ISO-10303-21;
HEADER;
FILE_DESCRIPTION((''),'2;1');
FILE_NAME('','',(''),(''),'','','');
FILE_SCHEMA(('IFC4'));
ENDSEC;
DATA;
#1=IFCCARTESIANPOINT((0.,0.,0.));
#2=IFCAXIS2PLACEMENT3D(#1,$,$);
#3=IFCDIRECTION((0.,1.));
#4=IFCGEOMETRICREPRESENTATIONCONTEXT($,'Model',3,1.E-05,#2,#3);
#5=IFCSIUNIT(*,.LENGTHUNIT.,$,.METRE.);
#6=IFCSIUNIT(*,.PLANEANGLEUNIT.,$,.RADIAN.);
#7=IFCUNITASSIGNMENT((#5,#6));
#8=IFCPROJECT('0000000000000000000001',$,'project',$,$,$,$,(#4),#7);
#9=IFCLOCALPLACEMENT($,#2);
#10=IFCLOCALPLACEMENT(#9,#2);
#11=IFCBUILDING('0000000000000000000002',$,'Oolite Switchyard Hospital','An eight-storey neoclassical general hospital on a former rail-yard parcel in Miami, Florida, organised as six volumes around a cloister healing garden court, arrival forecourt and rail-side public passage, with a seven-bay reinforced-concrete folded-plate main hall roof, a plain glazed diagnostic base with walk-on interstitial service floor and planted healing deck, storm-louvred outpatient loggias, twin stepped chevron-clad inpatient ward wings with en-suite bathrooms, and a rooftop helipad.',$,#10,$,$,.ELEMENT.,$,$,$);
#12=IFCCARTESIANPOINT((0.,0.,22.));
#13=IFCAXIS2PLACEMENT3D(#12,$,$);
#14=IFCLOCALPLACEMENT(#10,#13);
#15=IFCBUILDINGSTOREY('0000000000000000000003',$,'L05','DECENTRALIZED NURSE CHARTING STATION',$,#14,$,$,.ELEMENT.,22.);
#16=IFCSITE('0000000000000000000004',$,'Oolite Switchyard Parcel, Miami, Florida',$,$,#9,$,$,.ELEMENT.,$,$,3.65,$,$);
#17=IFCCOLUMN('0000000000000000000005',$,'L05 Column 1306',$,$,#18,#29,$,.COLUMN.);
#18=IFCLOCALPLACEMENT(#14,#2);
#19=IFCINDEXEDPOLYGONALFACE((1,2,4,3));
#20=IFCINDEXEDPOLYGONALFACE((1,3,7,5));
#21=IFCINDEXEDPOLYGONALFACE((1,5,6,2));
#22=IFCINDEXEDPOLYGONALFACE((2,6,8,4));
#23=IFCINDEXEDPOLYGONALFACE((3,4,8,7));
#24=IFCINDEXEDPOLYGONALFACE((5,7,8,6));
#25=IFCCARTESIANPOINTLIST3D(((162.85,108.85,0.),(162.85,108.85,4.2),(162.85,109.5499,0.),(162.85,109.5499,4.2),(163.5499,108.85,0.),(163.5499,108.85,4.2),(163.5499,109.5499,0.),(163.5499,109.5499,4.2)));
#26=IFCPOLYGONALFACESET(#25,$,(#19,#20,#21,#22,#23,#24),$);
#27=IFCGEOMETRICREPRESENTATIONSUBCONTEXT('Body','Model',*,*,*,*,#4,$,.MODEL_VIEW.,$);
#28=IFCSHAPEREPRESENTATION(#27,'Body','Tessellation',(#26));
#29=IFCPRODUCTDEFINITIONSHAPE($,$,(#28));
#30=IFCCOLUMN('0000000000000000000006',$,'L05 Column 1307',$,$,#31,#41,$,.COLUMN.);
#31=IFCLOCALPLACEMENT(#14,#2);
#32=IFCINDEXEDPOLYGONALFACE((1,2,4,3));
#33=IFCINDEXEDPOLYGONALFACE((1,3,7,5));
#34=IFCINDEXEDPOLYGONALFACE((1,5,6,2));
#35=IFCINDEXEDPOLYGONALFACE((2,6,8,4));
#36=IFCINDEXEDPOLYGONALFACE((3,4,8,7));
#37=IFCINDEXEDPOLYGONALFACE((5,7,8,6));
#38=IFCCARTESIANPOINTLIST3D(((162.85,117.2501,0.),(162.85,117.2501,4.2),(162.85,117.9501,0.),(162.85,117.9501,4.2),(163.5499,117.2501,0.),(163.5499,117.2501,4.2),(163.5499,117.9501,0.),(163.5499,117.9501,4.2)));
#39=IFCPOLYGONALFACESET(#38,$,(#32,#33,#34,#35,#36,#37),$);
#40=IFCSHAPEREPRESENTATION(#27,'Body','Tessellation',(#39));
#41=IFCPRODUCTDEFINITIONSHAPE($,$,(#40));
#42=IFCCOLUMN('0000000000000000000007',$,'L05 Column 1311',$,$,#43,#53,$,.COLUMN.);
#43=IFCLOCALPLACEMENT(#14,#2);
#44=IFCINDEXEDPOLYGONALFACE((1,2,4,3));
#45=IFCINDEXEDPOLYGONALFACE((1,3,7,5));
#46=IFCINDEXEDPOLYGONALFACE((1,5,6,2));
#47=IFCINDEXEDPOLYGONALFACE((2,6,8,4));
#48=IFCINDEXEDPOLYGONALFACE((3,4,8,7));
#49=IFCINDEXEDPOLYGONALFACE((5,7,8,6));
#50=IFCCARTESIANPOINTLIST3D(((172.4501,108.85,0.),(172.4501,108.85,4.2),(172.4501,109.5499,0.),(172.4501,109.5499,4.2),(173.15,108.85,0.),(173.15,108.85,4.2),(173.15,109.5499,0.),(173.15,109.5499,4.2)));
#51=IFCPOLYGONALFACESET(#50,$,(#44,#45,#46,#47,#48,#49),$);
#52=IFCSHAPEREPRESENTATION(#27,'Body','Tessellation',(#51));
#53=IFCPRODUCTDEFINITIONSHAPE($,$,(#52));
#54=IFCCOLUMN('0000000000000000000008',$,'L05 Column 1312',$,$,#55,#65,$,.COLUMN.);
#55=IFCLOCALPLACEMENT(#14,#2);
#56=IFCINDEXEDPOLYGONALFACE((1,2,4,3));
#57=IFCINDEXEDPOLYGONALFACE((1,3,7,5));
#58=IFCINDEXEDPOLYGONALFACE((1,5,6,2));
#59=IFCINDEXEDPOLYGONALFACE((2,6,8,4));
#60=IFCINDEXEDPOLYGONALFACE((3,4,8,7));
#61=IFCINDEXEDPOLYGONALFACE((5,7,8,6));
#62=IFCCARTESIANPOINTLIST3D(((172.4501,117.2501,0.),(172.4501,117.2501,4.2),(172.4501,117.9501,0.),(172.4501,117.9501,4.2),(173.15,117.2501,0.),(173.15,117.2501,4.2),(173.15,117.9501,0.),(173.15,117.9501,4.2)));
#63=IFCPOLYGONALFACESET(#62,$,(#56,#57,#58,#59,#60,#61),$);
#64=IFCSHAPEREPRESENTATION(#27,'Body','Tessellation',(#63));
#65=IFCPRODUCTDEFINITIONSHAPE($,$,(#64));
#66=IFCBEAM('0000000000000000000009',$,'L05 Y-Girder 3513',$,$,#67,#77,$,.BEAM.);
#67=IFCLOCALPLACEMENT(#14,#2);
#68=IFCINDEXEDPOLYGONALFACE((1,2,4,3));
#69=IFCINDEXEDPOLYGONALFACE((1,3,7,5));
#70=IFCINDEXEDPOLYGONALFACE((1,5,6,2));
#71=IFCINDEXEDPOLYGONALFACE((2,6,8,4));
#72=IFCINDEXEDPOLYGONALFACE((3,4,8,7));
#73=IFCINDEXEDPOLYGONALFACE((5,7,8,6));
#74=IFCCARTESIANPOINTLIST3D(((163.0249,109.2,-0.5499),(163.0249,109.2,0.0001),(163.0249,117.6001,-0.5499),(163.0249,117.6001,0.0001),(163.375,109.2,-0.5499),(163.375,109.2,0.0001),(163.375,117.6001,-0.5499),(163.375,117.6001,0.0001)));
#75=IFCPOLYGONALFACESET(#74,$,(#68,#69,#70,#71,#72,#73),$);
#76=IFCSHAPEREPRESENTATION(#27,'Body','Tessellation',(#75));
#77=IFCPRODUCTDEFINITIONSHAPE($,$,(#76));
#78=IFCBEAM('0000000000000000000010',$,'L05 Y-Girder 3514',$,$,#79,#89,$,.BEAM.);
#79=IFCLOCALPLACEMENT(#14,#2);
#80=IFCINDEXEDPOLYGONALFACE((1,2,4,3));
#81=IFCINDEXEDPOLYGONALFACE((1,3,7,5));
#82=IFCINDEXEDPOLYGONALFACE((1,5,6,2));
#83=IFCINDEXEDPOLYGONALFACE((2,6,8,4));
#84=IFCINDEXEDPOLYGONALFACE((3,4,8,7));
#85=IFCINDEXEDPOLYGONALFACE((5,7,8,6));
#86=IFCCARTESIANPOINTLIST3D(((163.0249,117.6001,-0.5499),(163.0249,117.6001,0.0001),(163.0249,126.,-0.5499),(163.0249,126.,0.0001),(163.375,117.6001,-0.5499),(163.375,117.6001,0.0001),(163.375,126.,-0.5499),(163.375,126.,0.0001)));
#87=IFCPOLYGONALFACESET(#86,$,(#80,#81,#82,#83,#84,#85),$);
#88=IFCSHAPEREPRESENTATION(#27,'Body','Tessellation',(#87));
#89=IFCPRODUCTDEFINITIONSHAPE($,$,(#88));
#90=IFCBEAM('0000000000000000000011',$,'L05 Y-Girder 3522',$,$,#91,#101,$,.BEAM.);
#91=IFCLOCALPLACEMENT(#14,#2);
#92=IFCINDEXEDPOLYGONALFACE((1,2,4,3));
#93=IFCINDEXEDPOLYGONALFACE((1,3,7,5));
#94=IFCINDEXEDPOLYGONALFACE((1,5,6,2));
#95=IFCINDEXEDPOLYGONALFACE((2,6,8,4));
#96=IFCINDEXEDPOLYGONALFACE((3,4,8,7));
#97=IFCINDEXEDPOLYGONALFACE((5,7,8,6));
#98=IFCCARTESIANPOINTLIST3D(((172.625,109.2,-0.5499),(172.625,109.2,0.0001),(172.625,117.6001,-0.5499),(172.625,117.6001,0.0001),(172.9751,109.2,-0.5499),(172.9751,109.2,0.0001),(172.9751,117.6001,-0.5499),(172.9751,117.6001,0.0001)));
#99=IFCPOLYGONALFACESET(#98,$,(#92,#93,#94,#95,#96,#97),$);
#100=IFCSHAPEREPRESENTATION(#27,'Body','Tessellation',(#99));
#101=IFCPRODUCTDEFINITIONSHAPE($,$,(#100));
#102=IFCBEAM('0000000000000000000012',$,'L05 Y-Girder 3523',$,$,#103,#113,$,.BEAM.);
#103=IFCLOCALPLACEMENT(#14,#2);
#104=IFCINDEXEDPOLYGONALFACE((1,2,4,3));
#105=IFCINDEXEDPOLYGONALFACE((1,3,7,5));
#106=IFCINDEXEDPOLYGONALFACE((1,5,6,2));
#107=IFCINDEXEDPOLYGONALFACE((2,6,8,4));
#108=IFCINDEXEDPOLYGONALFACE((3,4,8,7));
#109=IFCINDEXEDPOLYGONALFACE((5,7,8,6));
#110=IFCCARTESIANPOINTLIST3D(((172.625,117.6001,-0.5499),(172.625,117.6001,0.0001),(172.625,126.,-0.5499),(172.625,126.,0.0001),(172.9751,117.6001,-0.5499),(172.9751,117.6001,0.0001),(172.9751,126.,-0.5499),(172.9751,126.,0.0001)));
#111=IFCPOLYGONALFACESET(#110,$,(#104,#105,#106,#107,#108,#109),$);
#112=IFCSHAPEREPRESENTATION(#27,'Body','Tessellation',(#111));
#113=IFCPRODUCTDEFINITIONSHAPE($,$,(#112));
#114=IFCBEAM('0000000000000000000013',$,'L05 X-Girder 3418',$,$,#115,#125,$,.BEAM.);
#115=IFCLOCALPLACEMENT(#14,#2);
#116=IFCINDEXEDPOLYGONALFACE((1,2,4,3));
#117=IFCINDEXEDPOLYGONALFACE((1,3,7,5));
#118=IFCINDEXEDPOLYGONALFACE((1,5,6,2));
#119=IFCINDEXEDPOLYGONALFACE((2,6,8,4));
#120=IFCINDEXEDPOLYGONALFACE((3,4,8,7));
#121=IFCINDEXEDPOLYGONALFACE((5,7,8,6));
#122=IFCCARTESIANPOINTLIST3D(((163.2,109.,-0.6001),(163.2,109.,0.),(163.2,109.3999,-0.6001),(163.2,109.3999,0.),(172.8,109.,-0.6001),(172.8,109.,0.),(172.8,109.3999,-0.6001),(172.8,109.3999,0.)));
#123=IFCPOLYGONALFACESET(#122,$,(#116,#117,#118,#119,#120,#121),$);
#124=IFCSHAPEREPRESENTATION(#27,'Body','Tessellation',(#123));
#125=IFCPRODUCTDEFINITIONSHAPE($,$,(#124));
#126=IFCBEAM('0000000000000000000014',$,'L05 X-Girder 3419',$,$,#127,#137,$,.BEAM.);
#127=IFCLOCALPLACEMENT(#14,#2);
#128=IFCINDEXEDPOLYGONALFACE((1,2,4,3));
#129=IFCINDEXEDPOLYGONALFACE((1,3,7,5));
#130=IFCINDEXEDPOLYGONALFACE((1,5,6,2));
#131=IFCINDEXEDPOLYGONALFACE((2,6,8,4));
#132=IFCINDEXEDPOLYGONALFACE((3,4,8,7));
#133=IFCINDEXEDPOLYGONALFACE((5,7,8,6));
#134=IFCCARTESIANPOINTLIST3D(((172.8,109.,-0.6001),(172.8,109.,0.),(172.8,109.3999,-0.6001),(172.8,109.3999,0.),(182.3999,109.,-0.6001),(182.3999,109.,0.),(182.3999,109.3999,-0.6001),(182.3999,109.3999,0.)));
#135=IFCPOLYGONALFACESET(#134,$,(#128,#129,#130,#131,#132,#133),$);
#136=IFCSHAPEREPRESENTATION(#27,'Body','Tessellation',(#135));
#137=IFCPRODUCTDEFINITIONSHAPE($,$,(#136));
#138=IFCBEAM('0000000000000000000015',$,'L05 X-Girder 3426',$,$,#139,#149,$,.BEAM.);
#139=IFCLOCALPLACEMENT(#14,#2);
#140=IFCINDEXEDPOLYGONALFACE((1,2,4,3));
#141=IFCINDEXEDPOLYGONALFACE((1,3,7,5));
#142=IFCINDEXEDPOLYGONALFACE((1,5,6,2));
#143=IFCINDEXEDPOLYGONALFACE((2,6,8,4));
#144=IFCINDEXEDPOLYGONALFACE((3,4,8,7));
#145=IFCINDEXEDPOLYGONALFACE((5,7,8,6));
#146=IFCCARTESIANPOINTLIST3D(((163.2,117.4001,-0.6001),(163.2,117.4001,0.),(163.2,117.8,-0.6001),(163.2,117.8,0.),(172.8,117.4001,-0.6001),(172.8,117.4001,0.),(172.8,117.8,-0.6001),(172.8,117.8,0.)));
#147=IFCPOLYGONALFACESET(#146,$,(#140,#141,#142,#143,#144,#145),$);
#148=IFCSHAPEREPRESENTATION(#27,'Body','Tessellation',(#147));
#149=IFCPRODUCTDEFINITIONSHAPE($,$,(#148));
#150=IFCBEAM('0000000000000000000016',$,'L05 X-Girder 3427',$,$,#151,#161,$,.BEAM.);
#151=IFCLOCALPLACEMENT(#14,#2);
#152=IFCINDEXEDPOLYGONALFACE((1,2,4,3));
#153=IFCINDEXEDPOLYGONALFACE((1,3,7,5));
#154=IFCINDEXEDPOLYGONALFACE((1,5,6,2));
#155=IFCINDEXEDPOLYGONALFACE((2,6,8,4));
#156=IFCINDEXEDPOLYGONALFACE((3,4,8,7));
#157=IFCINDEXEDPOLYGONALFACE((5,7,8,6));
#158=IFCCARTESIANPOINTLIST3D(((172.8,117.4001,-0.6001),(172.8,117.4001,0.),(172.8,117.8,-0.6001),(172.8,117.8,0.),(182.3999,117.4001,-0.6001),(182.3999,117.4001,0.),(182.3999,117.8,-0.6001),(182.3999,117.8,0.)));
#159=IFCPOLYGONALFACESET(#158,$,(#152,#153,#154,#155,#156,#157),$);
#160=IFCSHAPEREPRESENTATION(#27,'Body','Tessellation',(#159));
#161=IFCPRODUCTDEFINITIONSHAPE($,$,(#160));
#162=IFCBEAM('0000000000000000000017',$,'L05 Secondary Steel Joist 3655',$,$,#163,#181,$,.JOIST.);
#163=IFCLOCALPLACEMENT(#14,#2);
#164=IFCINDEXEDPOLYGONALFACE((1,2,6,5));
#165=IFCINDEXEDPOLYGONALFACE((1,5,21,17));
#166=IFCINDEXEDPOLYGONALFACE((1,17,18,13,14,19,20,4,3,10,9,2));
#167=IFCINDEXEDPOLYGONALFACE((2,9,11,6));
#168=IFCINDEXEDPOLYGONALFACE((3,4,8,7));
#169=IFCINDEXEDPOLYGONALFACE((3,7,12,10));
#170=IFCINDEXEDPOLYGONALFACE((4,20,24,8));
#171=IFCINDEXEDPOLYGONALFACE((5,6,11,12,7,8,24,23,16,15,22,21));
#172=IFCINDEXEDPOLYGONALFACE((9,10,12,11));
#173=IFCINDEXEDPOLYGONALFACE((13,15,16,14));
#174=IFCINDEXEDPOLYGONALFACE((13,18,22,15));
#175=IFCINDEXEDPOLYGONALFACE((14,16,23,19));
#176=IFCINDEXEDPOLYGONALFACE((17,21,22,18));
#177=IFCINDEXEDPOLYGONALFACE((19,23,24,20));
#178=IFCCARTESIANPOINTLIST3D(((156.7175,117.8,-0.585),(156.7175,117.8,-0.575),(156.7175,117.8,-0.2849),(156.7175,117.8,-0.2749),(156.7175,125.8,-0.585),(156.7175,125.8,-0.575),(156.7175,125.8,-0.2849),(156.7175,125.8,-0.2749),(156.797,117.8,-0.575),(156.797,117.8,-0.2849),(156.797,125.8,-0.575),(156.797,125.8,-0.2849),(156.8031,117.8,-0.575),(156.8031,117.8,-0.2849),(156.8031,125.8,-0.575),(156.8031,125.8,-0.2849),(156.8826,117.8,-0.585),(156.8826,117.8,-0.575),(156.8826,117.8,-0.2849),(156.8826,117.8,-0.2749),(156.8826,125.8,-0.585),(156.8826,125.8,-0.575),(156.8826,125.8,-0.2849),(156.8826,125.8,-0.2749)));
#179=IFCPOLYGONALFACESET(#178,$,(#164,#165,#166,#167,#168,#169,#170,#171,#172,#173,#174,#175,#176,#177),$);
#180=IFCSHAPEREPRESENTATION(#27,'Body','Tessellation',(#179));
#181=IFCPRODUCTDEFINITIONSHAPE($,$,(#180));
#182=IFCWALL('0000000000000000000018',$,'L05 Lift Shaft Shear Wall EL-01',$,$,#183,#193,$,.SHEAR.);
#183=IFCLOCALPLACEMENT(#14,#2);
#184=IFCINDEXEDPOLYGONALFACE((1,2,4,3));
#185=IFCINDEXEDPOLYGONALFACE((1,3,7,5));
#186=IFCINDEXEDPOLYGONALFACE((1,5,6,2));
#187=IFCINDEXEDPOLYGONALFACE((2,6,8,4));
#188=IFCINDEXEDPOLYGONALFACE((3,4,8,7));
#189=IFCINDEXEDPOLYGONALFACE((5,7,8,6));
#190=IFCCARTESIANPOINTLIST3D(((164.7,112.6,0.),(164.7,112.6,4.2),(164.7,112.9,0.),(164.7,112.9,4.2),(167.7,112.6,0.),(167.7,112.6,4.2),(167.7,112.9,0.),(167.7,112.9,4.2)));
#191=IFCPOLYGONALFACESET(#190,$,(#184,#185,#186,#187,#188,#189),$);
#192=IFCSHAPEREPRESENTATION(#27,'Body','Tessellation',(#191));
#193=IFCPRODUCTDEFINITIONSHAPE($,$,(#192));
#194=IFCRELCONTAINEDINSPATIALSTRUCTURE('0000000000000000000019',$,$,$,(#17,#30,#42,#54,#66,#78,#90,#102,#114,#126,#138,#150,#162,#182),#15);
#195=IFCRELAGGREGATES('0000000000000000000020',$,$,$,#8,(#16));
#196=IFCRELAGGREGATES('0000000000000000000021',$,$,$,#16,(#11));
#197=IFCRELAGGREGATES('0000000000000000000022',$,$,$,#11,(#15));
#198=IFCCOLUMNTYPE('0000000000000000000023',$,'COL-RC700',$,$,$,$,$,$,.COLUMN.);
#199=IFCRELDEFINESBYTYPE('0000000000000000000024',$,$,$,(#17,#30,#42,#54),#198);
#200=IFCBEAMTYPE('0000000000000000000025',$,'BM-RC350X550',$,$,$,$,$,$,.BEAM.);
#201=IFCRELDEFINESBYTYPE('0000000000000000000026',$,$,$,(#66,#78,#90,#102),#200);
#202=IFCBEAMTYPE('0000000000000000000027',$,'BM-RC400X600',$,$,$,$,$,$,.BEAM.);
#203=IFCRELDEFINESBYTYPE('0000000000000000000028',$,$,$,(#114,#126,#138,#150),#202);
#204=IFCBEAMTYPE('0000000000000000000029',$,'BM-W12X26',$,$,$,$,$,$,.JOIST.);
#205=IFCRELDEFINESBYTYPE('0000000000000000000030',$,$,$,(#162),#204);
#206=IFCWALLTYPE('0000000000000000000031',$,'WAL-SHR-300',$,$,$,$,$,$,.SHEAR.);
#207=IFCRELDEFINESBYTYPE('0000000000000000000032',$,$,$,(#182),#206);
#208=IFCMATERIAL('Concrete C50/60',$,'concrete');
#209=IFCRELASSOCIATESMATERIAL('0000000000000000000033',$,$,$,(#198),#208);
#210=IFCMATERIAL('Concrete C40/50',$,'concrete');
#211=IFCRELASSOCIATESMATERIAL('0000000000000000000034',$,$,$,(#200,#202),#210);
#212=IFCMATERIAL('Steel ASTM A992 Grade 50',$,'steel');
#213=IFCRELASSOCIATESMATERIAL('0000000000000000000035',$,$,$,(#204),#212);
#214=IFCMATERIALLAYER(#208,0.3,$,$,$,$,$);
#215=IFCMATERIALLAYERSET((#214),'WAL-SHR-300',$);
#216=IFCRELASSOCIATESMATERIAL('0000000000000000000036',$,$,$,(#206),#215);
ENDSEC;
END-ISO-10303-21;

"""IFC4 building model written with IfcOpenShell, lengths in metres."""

from ifc_helpers import new_model, si_unit, direction, frame, frame_2d, origin, origin_2d, place, context, subcontext, project, spatial, rectangle, i_section, extrude, material, layer, layer_set, material_profile, profile_set, type_object, element, save


model = new_model("IFC4")

# Units and contexts
model_context = context("Model", 3, precision=1e-05, world=origin(), true_north=direction((0.0, 1.0)))
body_context = subcontext(model_context, "Body", "Model", "MODEL_VIEW")
ifc_project = project(units=[si_unit("LENGTHUNIT", "METRE"), si_unit("PLANEANGLEUNIT", "RADIAN")], contexts=[model_context])

# Site, building, storey
site_placement = place(None, origin())
site = spatial("IfcSite", under=ifc_project, at=site_placement, Name="Oolite Switchyard Parcel, Miami, Florida", CompositionType="ELEMENT", RefElevation=3.65)
building_placement = place(site_placement, origin())
building = spatial("IfcBuilding", under=site, at=building_placement, Name="Oolite Switchyard Hospital", Description="An eight-storey neoclassical general hospital on a former rail-yard parcel in Miami, Florida, organised as six volumes around a cloister healing garden court, arrival forecourt and rail-side public passage, with a seven-bay reinforced-concrete folded-plate main hall roof, a plain glazed diagnostic base with walk-on interstitial service floor and planted healing deck, storm-louvred outpatient loggias, twin stepped chevron-clad inpatient ward wings with en-suite bathrooms, and a rooftop helipad.", CompositionType="ELEMENT")
storey_placement = place(building_placement, frame((0.0, 0.0, 22.0)))
storey = spatial("IfcBuildingStorey", under=building, at=storey_placement, Name="L05", Description="DECENTRALIZED NURSE CHARTING STATION", CompositionType="ELEMENT", Elevation=22.0)

# Columns
ifc_material_1 = material(Name="Concrete C50/60", Category="concrete")
ifc_material_profile_1 = material_profile(ifc_material_1, rectangle(XDim=0.7, YDim=0.7, at=origin_2d()), Name="RC700X700")
ifc_profile_set_1 = profile_set([ifc_material_profile_1], Name="Concrete C50/60")
column_type = type_object("IfcColumnType", Name="COL-RC700", PredefinedType="COLUMN", material=ifc_profile_set_1)
for number, where, z_axis, x_axis, name in (
    (1, (163.2, 109.2, 0.0), (0.0, 0.0, 1.0), (1.0, 0.0, 0.0), "L05 Column 1306"),
    (2, (163.2, 117.6001, 0.0), (0.0, 0.0, 1.0), (1.0, 0.0, 0.0), "L05 Column 1307"),
    (3, (172.8, 109.2, 0.0), (0.0, 0.0, 1.0), (1.0, 0.0, 0.0), "L05 Column 1311"),
    (4, (172.8, 117.6001, 0.0), (0.0, 0.0, 1.0), (1.0, 0.0, 0.0), "L05 Column 1312"),
):
    element("IfcColumn", number, at=place(storey_placement, frame(where, z_axis=z_axis, x_axis=x_axis)), inside=storey, type_object=column_type, Name=name, PredefinedType="COLUMN", context=body_context, shape_type="SweptSolid", body=[
        extrude(rectangle(XDim=0.7, YDim=0.7, at=origin_2d()), origin(), (0.0, 0.0, 1.0), 4.2),
    ])

# Beams
ifc_material_2 = material(Name="Concrete C40/50", Category="concrete")
ifc_material_profile_2 = material_profile(ifc_material_2, rectangle(XDim=0.3501, YDim=0.55, at=origin_2d()), Name="RCB350X550")
ifc_profile_set_2 = profile_set([ifc_material_profile_2], Name="Concrete C40/50")
beam_type_1 = type_object("IfcBeamType", Name="BM-RC350X550", PredefinedType="BEAM", material=ifc_profile_set_2)
beam_1_placement = place(storey_placement, frame((163.2, 109.2, -0.2749), z_axis=(0.0, 1.0, 0.0), x_axis=(-1.0, 0.0, 0.0)))
element("IfcBeam", 5, at=beam_1_placement, inside=storey, type_object=beam_type_1, Name="L05 Y-Girder 3513", PredefinedType="BEAM", context=body_context, shape_type="SweptSolid", body=[
    extrude(rectangle(XDim=0.3501, YDim=0.55, at=origin_2d()), origin(), (0.0, 0.0, 1.0), 8.4001),
])
beam_2_placement = place(storey_placement, frame((163.2, 117.6001, -0.2749), z_axis=(0.0, 1.0, 0.0), x_axis=(-1.0, 0.0, 0.0)))
element("IfcBeam", 6, at=beam_2_placement, inside=storey, type_object=beam_type_1, Name="L05 Y-Girder 3514", PredefinedType="BEAM", context=body_context, shape_type="SweptSolid", body=[
    extrude(rectangle(XDim=0.3501, YDim=0.55, at=origin_2d()), origin(), (0.0, 0.0, 1.0), 8.3999),
])
beam_3_placement = place(storey_placement, frame((172.8, 109.2, -0.2749), z_axis=(0.0, 1.0, 0.0), x_axis=(-1.0, 0.0, 0.0)))
element("IfcBeam", 7, at=beam_3_placement, inside=storey, type_object=beam_type_1, Name="L05 Y-Girder 3522", PredefinedType="BEAM", context=body_context, shape_type="SweptSolid", body=[
    extrude(rectangle(XDim=0.3501, YDim=0.55, at=origin_2d()), origin(), (0.0, 0.0, 1.0), 8.4001),
])
beam_4_placement = place(storey_placement, frame((172.8, 117.6001, -0.2749), z_axis=(0.0, 1.0, 0.0), x_axis=(-1.0, 0.0, 0.0)))
element("IfcBeam", 8, at=beam_4_placement, inside=storey, type_object=beam_type_1, Name="L05 Y-Girder 3523", PredefinedType="BEAM", context=body_context, shape_type="SweptSolid", body=[
    extrude(rectangle(XDim=0.3501, YDim=0.55, at=origin_2d()), origin(), (0.0, 0.0, 1.0), 8.3999),
])
ifc_material_profile_3 = material_profile(ifc_material_2, rectangle(XDim=0.3999, YDim=0.6001, at=origin_2d()), Name="RCB400X600")
ifc_profile_set_3 = profile_set([ifc_material_profile_3], Name="Concrete C40/50")
beam_type_2 = type_object("IfcBeamType", Name="BM-RC400X600", PredefinedType="BEAM", material=ifc_profile_set_3)
beam_5_placement = place(storey_placement, frame((163.2, 109.2, -0.3), z_axis=(1.0, 0.0, 0.0), x_axis=(0.0, 1.0, 0.0)))
element("IfcBeam", 9, at=beam_5_placement, inside=storey, type_object=beam_type_2, Name="L05 X-Girder 3418", PredefinedType="BEAM", context=body_context, shape_type="SweptSolid", body=[
    extrude(rectangle(XDim=0.3999, YDim=0.6001, at=origin_2d()), origin(), (0.0, 0.0, 1.0), 9.6001),
])
beam_6_placement = place(storey_placement, frame((172.8, 109.2, -0.3), z_axis=(1.0, 0.0, 0.0), x_axis=(0.0, 1.0, 0.0)))
element("IfcBeam", 10, at=beam_6_placement, inside=storey, type_object=beam_type_2, Name="L05 X-Girder 3419", PredefinedType="BEAM", context=body_context, shape_type="SweptSolid", body=[
    extrude(rectangle(XDim=0.3999, YDim=0.6001, at=origin_2d()), origin(), (0.0, 0.0, 1.0), 9.5999),
])
beam_7_placement = place(storey_placement, frame((163.2, 117.6001, -0.3), z_axis=(1.0, 0.0, 0.0), x_axis=(0.0, 1.0, 0.0)))
element("IfcBeam", 11, at=beam_7_placement, inside=storey, type_object=beam_type_2, Name="L05 X-Girder 3426", PredefinedType="BEAM", context=body_context, shape_type="SweptSolid", body=[
    extrude(rectangle(XDim=0.3999, YDim=0.6001, at=origin_2d()), origin(), (0.0, 0.0, 1.0), 9.6001),
])
beam_8_placement = place(storey_placement, frame((172.8, 117.6001, -0.3), z_axis=(1.0, 0.0, 0.0), x_axis=(0.0, 1.0, 0.0)))
element("IfcBeam", 12, at=beam_8_placement, inside=storey, type_object=beam_type_2, Name="L05 X-Girder 3427", PredefinedType="BEAM", context=body_context, shape_type="SweptSolid", body=[
    extrude(rectangle(XDim=0.3999, YDim=0.6001, at=origin_2d()), origin(), (0.0, 0.0, 1.0), 9.5999),
])
ifc_material_3 = material(Name="Steel ASTM A992 Grade 50", Category="steel")
ifc_material_profile_4 = material_profile(ifc_material_3, i_section(OverallWidth=0.165, OverallDepth=0.3101, WebThickness=0.0061, FlangeThickness=0.01, at=origin_2d()), Name="W12X26")
ifc_profile_set_4 = profile_set([ifc_material_profile_4], Name="Steel ASTM A992 Grade 50")
beam_type_3 = type_object("IfcBeamType", Name="BM-W12X26", PredefinedType="JOIST", material=ifc_profile_set_4)
beam_9_placement = place(storey_placement, frame((156.8, 117.8, -0.4299), z_axis=(0.0, 1.0, 0.0), x_axis=(-1.0, 0.0, 0.0)))
element("IfcBeam", 13, at=beam_9_placement, inside=storey, type_object=beam_type_3, Name="L05 Secondary Steel Joist 3655", PredefinedType="JOIST", context=body_context, shape_type="SweptSolid", body=[
    extrude(i_section(OverallWidth=0.165, OverallDepth=0.3101, WebThickness=0.0061, FlangeThickness=0.01, at=origin_2d()), origin(), (0.0, 0.0, 1.0), 8.0),
])

# Wall
ifc_layer_1 = layer(ifc_material_1, 0.3)
ifc_layer_set_1 = layer_set([ifc_layer_1], Name="WAL-SHR-300")
wall_type_1 = type_object("IfcWallType", Name="WAL-SHR-300", PredefinedType="SHEAR", material=ifc_layer_set_1)
wall_1_placement = place(storey_placement, frame((164.7, 112.75, 0.0), z_axis=(0.0, 0.0, 1.0), x_axis=(1.0, 0.0, 0.0)))
element("IfcWall", 14, at=wall_1_placement, inside=storey, type_object=wall_type_1, Name="L05 Lift Shaft Shear Wall EL-01", PredefinedType="SHEAR", context=body_context, shape_type="SweptSolid", body=[
    extrude(rectangle(XDim=3.0, YDim=0.3, at=frame_2d((1.5, 0.0))), origin(), (0.0, 0.0, 1.0), 4.2),
])

save(model, "model.ifc")
